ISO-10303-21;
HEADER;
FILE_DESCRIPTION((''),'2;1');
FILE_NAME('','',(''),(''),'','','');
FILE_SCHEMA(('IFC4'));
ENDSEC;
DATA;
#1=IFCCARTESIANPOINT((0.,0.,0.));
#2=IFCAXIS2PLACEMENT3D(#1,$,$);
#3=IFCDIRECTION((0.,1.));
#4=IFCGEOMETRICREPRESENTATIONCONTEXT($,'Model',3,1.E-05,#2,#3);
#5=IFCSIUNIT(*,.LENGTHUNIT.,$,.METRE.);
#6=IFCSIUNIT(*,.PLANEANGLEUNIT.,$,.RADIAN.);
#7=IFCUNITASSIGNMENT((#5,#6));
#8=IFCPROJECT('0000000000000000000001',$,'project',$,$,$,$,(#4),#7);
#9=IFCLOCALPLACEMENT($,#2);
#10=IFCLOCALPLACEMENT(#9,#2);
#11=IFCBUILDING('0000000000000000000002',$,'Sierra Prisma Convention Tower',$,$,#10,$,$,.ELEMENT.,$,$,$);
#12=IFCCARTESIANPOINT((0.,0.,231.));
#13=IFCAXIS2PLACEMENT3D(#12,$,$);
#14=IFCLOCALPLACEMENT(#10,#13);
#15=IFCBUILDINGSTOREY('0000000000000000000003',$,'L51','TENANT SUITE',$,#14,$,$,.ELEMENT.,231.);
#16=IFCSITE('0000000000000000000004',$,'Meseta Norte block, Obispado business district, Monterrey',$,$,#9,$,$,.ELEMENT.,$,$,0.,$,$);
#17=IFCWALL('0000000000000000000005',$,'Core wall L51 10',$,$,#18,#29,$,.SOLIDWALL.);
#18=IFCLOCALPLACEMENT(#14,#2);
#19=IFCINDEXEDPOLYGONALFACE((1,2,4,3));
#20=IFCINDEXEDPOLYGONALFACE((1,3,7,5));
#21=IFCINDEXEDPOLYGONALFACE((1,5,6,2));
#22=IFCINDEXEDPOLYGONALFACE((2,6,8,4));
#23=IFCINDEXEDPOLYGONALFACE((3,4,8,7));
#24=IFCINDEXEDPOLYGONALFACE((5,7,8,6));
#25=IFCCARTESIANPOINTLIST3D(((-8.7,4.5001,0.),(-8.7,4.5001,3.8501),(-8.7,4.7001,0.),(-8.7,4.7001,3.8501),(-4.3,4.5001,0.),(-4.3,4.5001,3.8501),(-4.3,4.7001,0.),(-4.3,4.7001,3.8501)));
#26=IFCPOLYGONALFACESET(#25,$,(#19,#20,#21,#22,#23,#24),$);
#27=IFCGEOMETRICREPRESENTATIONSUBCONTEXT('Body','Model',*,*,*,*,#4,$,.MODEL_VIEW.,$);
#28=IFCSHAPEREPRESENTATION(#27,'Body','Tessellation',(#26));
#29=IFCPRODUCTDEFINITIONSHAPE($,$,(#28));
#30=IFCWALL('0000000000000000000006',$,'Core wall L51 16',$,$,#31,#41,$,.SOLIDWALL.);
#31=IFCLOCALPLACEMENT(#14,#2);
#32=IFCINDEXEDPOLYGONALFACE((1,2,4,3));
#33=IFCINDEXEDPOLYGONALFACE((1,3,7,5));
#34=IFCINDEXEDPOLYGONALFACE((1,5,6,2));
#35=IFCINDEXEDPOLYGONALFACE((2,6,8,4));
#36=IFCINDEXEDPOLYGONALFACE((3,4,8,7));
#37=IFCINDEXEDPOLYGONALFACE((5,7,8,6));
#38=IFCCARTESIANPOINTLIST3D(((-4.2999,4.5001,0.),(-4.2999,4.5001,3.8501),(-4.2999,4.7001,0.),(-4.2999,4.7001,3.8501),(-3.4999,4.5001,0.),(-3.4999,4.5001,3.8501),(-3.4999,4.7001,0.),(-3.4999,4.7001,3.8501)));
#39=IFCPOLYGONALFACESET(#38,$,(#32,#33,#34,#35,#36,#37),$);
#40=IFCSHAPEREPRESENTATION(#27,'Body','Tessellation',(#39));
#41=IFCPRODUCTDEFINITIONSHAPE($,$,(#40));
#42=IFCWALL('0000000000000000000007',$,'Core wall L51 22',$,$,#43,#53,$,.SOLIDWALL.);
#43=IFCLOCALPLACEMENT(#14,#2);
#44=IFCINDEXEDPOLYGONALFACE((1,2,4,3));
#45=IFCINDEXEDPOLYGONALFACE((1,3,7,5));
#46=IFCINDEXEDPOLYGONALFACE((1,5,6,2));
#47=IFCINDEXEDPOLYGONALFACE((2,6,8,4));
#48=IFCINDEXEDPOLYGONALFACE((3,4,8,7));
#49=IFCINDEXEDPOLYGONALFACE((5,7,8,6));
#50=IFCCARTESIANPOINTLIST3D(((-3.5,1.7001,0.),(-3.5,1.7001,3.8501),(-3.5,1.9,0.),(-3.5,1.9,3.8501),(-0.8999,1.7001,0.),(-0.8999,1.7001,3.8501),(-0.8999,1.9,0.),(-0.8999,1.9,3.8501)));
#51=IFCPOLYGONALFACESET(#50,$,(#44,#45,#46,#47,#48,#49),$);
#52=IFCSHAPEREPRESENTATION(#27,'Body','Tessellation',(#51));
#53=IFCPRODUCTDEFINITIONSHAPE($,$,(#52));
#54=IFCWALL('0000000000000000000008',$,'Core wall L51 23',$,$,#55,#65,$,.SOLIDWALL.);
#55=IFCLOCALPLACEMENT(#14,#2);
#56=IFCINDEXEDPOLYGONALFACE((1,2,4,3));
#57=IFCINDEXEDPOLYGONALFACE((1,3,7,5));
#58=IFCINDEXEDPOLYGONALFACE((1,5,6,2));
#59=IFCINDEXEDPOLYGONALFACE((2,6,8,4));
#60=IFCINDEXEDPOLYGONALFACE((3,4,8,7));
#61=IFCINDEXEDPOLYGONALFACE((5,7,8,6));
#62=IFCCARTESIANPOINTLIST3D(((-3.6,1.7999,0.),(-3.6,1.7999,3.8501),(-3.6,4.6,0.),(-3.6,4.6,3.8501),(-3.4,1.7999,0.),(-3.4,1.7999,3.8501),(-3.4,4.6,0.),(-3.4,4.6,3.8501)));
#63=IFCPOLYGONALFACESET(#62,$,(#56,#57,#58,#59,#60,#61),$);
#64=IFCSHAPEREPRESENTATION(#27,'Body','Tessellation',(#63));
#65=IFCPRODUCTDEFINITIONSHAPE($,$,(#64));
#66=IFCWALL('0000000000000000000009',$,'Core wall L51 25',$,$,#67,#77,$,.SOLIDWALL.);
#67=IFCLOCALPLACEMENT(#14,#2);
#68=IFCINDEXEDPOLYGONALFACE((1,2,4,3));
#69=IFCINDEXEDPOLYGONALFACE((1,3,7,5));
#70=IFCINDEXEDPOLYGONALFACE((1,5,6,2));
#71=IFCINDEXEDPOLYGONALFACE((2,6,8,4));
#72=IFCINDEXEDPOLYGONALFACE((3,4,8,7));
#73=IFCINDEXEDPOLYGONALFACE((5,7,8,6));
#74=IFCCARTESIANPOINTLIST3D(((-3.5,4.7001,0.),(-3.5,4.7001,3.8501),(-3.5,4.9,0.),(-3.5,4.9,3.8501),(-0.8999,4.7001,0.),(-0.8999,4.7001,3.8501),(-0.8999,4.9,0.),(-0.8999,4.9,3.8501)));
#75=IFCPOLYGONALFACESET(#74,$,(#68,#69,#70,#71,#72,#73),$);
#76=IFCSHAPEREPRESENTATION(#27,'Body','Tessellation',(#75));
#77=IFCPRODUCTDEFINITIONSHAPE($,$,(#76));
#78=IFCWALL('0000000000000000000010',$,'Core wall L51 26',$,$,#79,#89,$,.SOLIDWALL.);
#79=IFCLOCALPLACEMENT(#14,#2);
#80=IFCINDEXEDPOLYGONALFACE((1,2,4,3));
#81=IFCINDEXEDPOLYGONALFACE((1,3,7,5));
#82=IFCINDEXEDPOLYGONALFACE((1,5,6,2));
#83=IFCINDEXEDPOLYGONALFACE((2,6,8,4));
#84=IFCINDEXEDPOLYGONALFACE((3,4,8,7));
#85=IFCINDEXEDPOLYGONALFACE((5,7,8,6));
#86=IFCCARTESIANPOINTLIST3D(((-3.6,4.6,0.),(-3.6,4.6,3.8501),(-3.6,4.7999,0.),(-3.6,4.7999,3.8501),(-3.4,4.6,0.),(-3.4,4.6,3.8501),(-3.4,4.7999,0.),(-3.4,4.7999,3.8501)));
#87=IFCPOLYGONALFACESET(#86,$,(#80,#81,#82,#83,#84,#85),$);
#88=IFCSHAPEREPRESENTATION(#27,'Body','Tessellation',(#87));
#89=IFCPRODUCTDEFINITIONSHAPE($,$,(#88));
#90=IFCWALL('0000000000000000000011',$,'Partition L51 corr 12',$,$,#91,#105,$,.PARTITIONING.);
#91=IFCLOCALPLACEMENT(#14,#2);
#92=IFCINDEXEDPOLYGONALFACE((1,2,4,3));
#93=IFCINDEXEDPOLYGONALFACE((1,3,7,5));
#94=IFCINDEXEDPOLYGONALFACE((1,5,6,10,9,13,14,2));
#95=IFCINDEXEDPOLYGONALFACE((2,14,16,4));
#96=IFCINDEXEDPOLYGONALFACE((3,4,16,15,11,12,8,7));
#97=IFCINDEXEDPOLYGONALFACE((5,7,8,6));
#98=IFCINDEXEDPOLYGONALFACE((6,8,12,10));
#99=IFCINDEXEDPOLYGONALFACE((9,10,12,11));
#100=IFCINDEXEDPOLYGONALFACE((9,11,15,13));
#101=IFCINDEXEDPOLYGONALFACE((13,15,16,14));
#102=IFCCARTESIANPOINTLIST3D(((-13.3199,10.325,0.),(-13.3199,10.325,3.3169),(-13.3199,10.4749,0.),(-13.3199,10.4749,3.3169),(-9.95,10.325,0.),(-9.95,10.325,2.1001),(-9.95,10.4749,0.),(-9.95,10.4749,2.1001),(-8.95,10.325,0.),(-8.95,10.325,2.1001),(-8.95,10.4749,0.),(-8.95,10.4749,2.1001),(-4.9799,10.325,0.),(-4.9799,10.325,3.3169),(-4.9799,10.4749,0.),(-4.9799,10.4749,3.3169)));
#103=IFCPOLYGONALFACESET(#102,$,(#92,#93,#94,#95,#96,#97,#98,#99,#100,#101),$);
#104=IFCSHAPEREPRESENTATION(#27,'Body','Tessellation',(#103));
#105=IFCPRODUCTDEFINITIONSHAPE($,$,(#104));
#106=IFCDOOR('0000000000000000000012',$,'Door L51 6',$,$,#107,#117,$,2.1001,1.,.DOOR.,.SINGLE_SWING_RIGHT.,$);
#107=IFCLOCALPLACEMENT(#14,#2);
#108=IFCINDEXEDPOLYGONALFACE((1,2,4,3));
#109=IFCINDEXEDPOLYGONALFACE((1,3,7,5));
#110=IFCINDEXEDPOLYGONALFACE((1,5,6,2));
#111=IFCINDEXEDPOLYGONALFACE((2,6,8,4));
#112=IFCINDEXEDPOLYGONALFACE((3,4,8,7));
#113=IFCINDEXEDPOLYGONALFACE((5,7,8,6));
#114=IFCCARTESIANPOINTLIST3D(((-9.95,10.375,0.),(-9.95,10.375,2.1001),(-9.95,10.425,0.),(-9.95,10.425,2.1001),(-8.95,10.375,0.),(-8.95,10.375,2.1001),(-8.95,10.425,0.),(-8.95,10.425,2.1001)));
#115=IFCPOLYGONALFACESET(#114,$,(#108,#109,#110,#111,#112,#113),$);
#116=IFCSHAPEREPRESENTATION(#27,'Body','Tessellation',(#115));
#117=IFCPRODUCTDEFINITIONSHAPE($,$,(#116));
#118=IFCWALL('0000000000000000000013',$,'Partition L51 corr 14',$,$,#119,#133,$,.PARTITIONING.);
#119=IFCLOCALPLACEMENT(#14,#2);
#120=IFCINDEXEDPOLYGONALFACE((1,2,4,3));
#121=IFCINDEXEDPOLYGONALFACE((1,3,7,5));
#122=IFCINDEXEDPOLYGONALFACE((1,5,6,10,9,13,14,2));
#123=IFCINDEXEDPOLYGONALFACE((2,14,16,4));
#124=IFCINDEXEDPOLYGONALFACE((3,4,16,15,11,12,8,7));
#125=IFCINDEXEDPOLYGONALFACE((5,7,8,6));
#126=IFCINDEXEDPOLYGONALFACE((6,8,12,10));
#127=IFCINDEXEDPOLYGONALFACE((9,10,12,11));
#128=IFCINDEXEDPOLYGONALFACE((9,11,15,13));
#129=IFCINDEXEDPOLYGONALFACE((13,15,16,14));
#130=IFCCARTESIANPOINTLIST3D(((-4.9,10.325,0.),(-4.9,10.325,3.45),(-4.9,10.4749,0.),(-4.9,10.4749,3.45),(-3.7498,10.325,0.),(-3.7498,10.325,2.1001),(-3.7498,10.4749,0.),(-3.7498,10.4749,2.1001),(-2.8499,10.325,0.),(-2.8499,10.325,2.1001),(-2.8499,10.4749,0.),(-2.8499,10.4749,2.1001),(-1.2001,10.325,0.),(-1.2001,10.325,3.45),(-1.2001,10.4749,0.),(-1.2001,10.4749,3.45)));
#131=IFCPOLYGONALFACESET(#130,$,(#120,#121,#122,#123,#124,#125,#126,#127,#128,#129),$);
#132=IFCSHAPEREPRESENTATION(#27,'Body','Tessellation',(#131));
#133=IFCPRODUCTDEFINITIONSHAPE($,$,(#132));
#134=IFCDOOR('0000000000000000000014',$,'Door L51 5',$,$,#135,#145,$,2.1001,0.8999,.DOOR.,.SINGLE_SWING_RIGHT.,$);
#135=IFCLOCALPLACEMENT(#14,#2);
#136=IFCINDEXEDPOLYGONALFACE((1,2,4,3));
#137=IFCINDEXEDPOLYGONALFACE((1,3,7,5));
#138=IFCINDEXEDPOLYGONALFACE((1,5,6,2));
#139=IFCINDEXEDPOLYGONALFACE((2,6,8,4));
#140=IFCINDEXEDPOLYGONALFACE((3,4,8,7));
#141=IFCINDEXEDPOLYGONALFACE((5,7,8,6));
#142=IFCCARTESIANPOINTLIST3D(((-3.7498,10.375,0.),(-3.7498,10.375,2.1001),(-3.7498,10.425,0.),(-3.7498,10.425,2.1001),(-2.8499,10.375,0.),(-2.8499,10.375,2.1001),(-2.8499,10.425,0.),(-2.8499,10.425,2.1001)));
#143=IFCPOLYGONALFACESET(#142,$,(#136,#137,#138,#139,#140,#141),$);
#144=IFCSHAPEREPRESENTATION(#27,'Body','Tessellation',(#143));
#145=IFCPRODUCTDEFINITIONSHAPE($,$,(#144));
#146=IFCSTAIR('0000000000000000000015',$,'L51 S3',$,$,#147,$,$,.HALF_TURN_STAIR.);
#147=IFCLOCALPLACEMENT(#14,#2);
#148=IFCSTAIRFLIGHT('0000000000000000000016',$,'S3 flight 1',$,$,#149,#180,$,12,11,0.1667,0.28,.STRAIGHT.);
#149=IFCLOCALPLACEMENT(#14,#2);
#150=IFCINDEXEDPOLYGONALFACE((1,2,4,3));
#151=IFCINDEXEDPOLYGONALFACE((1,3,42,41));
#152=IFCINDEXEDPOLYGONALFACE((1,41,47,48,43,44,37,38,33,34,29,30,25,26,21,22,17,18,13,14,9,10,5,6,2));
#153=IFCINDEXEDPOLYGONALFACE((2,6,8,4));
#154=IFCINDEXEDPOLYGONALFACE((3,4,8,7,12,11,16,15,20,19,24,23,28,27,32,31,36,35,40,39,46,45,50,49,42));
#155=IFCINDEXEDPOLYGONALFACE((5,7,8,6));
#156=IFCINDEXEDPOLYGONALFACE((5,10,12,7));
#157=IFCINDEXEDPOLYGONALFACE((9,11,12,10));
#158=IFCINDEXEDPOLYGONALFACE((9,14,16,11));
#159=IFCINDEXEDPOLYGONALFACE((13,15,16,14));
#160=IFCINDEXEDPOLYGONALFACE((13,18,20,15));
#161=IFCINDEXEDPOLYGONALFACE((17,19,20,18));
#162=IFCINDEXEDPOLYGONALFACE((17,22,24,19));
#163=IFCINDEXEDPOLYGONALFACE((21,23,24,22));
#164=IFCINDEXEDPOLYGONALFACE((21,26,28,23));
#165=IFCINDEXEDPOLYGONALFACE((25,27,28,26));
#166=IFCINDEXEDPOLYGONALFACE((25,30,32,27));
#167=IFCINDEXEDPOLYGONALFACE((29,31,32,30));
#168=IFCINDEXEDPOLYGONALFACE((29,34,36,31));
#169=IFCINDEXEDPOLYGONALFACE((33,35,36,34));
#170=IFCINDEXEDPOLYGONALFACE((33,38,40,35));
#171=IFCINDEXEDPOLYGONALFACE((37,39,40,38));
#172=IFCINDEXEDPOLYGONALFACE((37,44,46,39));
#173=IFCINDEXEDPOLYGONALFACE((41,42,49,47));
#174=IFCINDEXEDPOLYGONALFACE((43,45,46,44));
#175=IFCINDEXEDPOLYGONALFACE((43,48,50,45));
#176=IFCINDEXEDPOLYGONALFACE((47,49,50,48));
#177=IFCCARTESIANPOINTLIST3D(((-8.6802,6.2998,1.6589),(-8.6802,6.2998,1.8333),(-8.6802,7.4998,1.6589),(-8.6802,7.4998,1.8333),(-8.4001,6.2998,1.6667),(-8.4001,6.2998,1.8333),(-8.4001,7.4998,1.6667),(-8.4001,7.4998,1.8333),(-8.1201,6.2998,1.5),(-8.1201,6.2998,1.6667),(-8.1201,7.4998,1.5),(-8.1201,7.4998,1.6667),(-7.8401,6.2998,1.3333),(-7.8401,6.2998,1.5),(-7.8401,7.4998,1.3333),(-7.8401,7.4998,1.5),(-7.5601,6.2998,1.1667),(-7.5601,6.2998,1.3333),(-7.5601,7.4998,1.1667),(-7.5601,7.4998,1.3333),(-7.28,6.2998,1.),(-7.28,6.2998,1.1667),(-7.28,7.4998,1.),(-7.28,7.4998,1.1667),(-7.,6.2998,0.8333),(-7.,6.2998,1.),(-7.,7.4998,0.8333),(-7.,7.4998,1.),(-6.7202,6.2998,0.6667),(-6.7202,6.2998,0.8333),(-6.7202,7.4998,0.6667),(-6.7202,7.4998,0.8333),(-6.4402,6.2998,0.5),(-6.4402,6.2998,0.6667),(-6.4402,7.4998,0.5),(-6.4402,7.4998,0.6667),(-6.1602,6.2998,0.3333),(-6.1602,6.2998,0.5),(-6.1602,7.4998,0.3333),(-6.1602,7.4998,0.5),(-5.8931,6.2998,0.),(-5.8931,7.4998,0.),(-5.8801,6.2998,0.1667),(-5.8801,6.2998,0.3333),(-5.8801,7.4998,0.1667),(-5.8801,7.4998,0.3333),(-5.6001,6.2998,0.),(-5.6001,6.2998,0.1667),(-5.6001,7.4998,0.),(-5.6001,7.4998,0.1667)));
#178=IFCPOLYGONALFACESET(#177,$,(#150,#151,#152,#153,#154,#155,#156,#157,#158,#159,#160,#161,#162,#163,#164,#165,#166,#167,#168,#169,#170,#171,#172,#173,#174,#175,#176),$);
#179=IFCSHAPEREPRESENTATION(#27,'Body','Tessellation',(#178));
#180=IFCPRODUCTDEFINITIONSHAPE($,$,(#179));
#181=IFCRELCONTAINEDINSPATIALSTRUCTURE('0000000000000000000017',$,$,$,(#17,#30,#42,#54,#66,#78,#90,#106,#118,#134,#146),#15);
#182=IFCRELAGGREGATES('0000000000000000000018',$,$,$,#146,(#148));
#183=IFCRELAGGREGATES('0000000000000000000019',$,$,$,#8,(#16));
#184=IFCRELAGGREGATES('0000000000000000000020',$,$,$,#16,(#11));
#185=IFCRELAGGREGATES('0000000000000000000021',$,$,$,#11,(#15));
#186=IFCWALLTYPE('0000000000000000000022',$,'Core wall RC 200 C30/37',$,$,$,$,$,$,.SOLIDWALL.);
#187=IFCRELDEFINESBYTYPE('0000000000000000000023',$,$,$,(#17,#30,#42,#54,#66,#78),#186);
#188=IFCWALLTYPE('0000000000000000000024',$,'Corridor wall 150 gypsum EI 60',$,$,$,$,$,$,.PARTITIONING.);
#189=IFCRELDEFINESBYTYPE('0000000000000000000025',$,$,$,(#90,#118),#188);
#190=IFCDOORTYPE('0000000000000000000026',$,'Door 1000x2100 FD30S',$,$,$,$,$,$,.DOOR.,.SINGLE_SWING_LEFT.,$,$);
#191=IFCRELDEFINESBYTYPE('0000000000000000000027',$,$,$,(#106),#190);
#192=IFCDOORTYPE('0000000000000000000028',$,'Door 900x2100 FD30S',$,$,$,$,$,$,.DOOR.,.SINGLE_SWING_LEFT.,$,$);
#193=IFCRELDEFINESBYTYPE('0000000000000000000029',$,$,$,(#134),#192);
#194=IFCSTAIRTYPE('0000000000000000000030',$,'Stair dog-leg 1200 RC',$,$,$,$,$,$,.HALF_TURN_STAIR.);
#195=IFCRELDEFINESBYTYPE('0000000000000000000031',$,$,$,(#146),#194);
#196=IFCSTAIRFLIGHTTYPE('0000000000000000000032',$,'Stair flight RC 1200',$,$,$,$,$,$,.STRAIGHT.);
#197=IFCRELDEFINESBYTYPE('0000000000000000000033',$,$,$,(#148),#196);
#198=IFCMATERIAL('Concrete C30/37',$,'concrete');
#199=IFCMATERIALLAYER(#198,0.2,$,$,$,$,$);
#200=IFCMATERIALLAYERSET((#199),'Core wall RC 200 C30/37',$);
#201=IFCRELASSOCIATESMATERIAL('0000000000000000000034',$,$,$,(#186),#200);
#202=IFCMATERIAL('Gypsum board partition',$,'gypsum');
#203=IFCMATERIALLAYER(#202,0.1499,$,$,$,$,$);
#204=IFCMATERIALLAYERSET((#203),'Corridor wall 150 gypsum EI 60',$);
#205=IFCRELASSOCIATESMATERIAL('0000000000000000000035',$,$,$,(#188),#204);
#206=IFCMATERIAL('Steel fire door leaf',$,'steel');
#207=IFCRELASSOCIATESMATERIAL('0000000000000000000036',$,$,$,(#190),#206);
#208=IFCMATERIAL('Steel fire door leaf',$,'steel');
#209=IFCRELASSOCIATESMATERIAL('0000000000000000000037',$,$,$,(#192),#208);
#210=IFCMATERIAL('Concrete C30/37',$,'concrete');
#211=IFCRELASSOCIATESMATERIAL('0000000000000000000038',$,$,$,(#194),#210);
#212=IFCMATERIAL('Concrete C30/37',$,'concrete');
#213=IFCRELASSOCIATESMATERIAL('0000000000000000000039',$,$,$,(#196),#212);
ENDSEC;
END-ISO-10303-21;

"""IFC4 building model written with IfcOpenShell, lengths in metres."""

from ifc_helpers import new_model, si_unit, direction, frame, frame_2d, origin, place, context, subcontext, project, spatial, polyline, rectangle, outline, extrude, material, layer, layer_set, type_object, element, fill, aggregate, save


model = new_model("IFC4")

# Units and contexts
model_context = context("Model", 3, precision=1e-05, world=origin(), true_north=direction((0.0, 1.0)))
body_context = subcontext(model_context, "Body", "Model", "MODEL_VIEW")
ifc_project = project(units=[si_unit("LENGTHUNIT", "METRE"), si_unit("PLANEANGLEUNIT", "RADIAN")], contexts=[model_context])

# Site, building, storey
site_placement = place(None, origin())
site = spatial("IfcSite", under=ifc_project, at=site_placement, Name="Meseta Norte block, Obispado business district, Monterrey", CompositionType="ELEMENT", RefElevation=0.0)
building_placement = place(site_placement, origin())
building = spatial("IfcBuilding", under=site, at=building_placement, Name="Sierra Prisma Convention Tower", CompositionType="ELEMENT")
storey_placement = place(building_placement, frame((0.0, 0.0, 231.0)))
storey = spatial("IfcBuildingStorey", under=building, at=storey_placement, Name="L51", Description="TENANT SUITE", CompositionType="ELEMENT", Elevation=231.0)

# Walls
ifc_material_1 = material(Name="Concrete C30/37", Category="concrete")
ifc_layer_1 = layer(ifc_material_1, 0.2)
ifc_layer_set_1 = layer_set([ifc_layer_1], Name="Core wall RC 200 C30/37")
wall_type_1 = type_object("IfcWallType", Name="Core wall RC 200 C30/37", PredefinedType="SOLIDWALL", material=ifc_layer_set_1)
wall_1_placement = place(storey_placement, frame((-4.3, 4.6001, 0.0), z_axis=(0.0, 0.0, 1.0), x_axis=(-1.0, 0.0, 0.0)))
element("IfcWall", 1, at=wall_1_placement, inside=storey, type_object=wall_type_1, Name="Core wall L51 10", PredefinedType="SOLIDWALL", context=body_context, shape_type="SweptSolid", body=[
    extrude(rectangle(XDim=4.3999, YDim=0.2, at=frame_2d((2.2, 0.0))), origin(), (0.0, 0.0, 1.0), 3.8501),
])
wall_2_placement = place(storey_placement, frame((-3.5, 4.6001, 0.0), z_axis=(0.0, 0.0, 1.0), x_axis=(-1.0, 0.0, 0.0)))
element("IfcWall", 2, at=wall_2_placement, inside=storey, type_object=wall_type_1, Name="Core wall L51 16", PredefinedType="SOLIDWALL", context=body_context, shape_type="SweptSolid", body=[
    extrude(rectangle(XDim=0.8, YDim=0.2, at=frame_2d((0.3999, 0.0))), origin(), (0.0, 0.0, 1.0), 3.8501),
])

# Walls
wall_3_placement = place(storey_placement, frame((-0.8999, 1.8, 0.0), z_axis=(0.0, 0.0, 1.0), x_axis=(-1.0, 0.0, 0.0)))
element("IfcWall", 3, at=wall_3_placement, inside=storey, type_object=wall_type_1, Name="Core wall L51 22", PredefinedType="SOLIDWALL", context=body_context, shape_type="SweptSolid", body=[
    extrude(rectangle(XDim=2.6001, YDim=0.2, at=frame_2d((1.3, 0.0))), origin(), (0.0, 0.0, 1.0), 3.8501),
])
wall_4_placement = place(storey_placement, frame((-3.5, 1.8, 0.0), z_axis=(0.0, 0.0, 1.0), x_axis=(0.0, 1.0, 0.0)))
element("IfcWall", 4, at=wall_4_placement, inside=storey, type_object=wall_type_1, Name="Core wall L51 23", PredefinedType="SOLIDWALL", context=body_context, shape_type="SweptSolid", body=[
    extrude(rectangle(XDim=2.8, YDim=0.2, at=frame_2d((1.3999, 0.0))), origin(), (0.0, 0.0, 1.0), 3.8501),
])

# Walls
wall_5_placement = place(storey_placement, frame((-0.8999, 4.8, 0.0), z_axis=(0.0, 0.0, 1.0), x_axis=(-1.0, 0.0, 0.0)))
element("IfcWall", 5, at=wall_5_placement, inside=storey, type_object=wall_type_1, Name="Core wall L51 25", PredefinedType="SOLIDWALL", context=body_context, shape_type="SweptSolid", body=[
    extrude(rectangle(XDim=2.6001, YDim=0.2, at=frame_2d((1.3, 0.0))), origin(), (0.0, 0.0, 1.0), 3.8501),
])
wall_6_placement = place(storey_placement, frame((-3.5, 4.8, 0.0), z_axis=(0.0, 0.0, 1.0), x_axis=(0.0, -1.0, 0.0)))
element("IfcWall", 6, at=wall_6_placement, inside=storey, type_object=wall_type_1, Name="Core wall L51 26", PredefinedType="SOLIDWALL", context=body_context, shape_type="SweptSolid", body=[
    extrude(rectangle(XDim=0.2, YDim=0.2, at=frame_2d((0.1001, 0.0))), origin(), (0.0, 0.0, 1.0), 3.8501),
])

# Walls, openings, doors
ifc_material_2 = material(Name="Gypsum board partition", Category="gypsum")
ifc_layer_2 = layer(ifc_material_2, 0.1499)
ifc_layer_set_2 = layer_set([ifc_layer_2], Name="Corridor wall 150 gypsum EI 60")
wall_type_2 = type_object("IfcWallType", Name="Corridor wall 150 gypsum EI 60", PredefinedType="PARTITIONING", material=ifc_layer_set_2)
wall_7_placement = place(storey_placement, frame((-4.98, 10.3999, 0.0), z_axis=(0.0, 0.0, 1.0), x_axis=(-1.0, 0.0, 0.0)))
wall_7 = element("IfcWall", 7, at=wall_7_placement, inside=storey, type_object=wall_type_2, Name="Partition L51 corr 12", PredefinedType="PARTITIONING", context=body_context, shape_type="SweptSolid", body=[
    extrude(rectangle(XDim=8.3401, YDim=0.1499, at=frame_2d((4.1699, 0.0))), origin(), (0.0, 0.0, 1.0), 3.3169),
])
opening_1_placement = place(wall_7_placement, frame((3.97, 0.0, 0.0)))
opening_1 = element("IfcOpeningElement", 8, at=opening_1_placement, cuts=wall_7, PredefinedType="OPENING", context=body_context, shape_type="SweptSolid", body=[
    extrude(rectangle(XDim=1.0, YDim=2.1001, at=frame_2d((0.5, 1.05))), frame((0.0, 0.075, 0.0), z_axis=(0.0, -1.0, 0.0), x_axis=(1.0, 0.0, 0.0)), (0.0, 0.0, 1.0), 0.1499),
])
ifc_material_3 = material(Name="Steel fire door leaf", Category="steel")
door_type_1 = type_object("IfcDoorType", Name="Door 1000x2100 FD30S", OperationType="SINGLE_SWING_LEFT", PredefinedType="DOOR", material=ifc_material_3)
door_1_placement = place(opening_1_placement, origin())
door_1 = element("IfcDoor", 9, at=door_1_placement, inside=storey, type_object=door_type_1, Name="Door L51 6", OperationType="SINGLE_SWING_RIGHT", OverallHeight=2.1001, OverallWidth=1.0, PredefinedType="DOOR", context=body_context, shape_type="SweptSolid", body=[
    extrude(rectangle(XDim=1.0, YDim=2.1001, at=frame_2d((0.5, 1.05))), frame((0.0, 0.0249, 0.0), z_axis=(0.0, -1.0, 0.0), x_axis=(1.0, 0.0, 0.0)), (0.0, 0.0, 1.0), 0.05),
])
fill(opening_1, door_1)
wall_8_placement = place(storey_placement, frame((-1.2, 10.3999, 0.0), z_axis=(0.0, 0.0, 1.0), x_axis=(-1.0, 0.0, 0.0)))
wall_8 = element("IfcWall", 10, at=wall_8_placement, inside=storey, type_object=wall_type_2, Name="Partition L51 corr 14", PredefinedType="PARTITIONING", context=body_context, shape_type="SweptSolid", body=[
    extrude(rectangle(XDim=3.7, YDim=0.1499, at=frame_2d((1.8501, 0.0))), origin(), (0.0, 0.0, 1.0), 3.45),
])
opening_2_placement = place(wall_8_placement, frame((1.6499, 0.0, 0.0)))
opening_2 = element("IfcOpeningElement", 11, at=opening_2_placement, cuts=wall_8, PredefinedType="OPENING", context=body_context, shape_type="SweptSolid", body=[
    extrude(rectangle(XDim=0.8999, YDim=2.1001, at=frame_2d((0.45, 1.05))), frame((0.0, 0.075, 0.0), z_axis=(0.0, -1.0, 0.0), x_axis=(1.0, 0.0, 0.0)), (0.0, 0.0, 1.0), 0.1499),
])
ifc_material_4 = material(Name="Steel fire door leaf", Category="steel")
door_type_2 = type_object("IfcDoorType", Name="Door 900x2100 FD30S", OperationType="SINGLE_SWING_LEFT", PredefinedType="DOOR", material=ifc_material_4)
door_2_placement = place(opening_2_placement, origin())
door_2 = element("IfcDoor", 12, at=door_2_placement, inside=storey, type_object=door_type_2, Name="Door L51 5", OperationType="SINGLE_SWING_RIGHT", OverallHeight=2.1001, OverallWidth=0.8999, PredefinedType="DOOR", context=body_context, shape_type="SweptSolid", body=[
    extrude(rectangle(XDim=0.8999, YDim=2.1001, at=frame_2d((0.45, 1.05))), frame((0.0, 0.0249, 0.0), z_axis=(0.0, -1.0, 0.0), x_axis=(1.0, 0.0, 0.0)), (0.0, 0.0, 1.0), 0.05),
])
fill(opening_2, door_2)

# Stair, stair flight
ifc_material_5 = material(Name="Concrete C30/37", Category="concrete")
stair_type = type_object("IfcStairType", Name="Stair dog-leg 1200 RC", PredefinedType="HALF_TURN_STAIR", material=ifc_material_5)
stair_placement = place(storey_placement, origin())
stair = element("IfcStair", 13, at=stair_placement, inside=storey, type_object=stair_type, Name="L51 S3", PredefinedType="HALF_TURN_STAIR")
ifc_material_6 = material(Name="Concrete C30/37", Category="concrete")
stair_flight_type = type_object("IfcStairFlightType", Name="Stair flight RC 1200", PredefinedType="STRAIGHT", material=ifc_material_6)
stair_flight_placement = place(storey_placement, frame((-5.6001, 6.8999, 0.0), z_axis=(0.0, 0.0, 1.0), x_axis=(-1.0, 0.0, 0.0)))
stair_flight = element("IfcStairFlight", 14, at=stair_flight_placement, type_object=stair_flight_type, Name="S3 flight 1", NumberOfRisers=12, NumberOfTreads=11, PredefinedType="STRAIGHT", RiserHeight=0.1667, TreadLength=0.28, context=body_context, shape_type="SweptSolid", body=[
    extrude(outline(polyline([(0.0, 0.0), (0.0, 0.1667), (0.28, 0.1667), (0.28, 0.3333), (0.5601, 0.3333), (0.5601, 0.5), (0.8401, 0.5), (0.8401, 0.6667), (1.1201, 0.6667), (1.1201, 0.8333), (1.3999, 0.8333), (1.3999, 1.0), (1.6799, 1.0), (1.6799, 1.1667), (1.96, 1.1667), (1.96, 1.3333), (2.24, 1.3333), (2.24, 1.5), (2.52, 1.5), (2.52, 1.6667), (2.8, 1.6667), (2.8, 1.8333), (3.0801, 1.8333), (3.0801, 2.0), (3.0801, 1.6589), (0.293, 0.0), (0.0, 0.0)])), frame((0.0, 0.6001, 0.0), z_axis=(0.0, -1.0, 0.0), x_axis=(1.0, 0.0, 0.0)), (0.0, 0.0, 1.0), 1.2),
])
aggregate(stair, [stair_flight])

save(model, "model.ifc")
